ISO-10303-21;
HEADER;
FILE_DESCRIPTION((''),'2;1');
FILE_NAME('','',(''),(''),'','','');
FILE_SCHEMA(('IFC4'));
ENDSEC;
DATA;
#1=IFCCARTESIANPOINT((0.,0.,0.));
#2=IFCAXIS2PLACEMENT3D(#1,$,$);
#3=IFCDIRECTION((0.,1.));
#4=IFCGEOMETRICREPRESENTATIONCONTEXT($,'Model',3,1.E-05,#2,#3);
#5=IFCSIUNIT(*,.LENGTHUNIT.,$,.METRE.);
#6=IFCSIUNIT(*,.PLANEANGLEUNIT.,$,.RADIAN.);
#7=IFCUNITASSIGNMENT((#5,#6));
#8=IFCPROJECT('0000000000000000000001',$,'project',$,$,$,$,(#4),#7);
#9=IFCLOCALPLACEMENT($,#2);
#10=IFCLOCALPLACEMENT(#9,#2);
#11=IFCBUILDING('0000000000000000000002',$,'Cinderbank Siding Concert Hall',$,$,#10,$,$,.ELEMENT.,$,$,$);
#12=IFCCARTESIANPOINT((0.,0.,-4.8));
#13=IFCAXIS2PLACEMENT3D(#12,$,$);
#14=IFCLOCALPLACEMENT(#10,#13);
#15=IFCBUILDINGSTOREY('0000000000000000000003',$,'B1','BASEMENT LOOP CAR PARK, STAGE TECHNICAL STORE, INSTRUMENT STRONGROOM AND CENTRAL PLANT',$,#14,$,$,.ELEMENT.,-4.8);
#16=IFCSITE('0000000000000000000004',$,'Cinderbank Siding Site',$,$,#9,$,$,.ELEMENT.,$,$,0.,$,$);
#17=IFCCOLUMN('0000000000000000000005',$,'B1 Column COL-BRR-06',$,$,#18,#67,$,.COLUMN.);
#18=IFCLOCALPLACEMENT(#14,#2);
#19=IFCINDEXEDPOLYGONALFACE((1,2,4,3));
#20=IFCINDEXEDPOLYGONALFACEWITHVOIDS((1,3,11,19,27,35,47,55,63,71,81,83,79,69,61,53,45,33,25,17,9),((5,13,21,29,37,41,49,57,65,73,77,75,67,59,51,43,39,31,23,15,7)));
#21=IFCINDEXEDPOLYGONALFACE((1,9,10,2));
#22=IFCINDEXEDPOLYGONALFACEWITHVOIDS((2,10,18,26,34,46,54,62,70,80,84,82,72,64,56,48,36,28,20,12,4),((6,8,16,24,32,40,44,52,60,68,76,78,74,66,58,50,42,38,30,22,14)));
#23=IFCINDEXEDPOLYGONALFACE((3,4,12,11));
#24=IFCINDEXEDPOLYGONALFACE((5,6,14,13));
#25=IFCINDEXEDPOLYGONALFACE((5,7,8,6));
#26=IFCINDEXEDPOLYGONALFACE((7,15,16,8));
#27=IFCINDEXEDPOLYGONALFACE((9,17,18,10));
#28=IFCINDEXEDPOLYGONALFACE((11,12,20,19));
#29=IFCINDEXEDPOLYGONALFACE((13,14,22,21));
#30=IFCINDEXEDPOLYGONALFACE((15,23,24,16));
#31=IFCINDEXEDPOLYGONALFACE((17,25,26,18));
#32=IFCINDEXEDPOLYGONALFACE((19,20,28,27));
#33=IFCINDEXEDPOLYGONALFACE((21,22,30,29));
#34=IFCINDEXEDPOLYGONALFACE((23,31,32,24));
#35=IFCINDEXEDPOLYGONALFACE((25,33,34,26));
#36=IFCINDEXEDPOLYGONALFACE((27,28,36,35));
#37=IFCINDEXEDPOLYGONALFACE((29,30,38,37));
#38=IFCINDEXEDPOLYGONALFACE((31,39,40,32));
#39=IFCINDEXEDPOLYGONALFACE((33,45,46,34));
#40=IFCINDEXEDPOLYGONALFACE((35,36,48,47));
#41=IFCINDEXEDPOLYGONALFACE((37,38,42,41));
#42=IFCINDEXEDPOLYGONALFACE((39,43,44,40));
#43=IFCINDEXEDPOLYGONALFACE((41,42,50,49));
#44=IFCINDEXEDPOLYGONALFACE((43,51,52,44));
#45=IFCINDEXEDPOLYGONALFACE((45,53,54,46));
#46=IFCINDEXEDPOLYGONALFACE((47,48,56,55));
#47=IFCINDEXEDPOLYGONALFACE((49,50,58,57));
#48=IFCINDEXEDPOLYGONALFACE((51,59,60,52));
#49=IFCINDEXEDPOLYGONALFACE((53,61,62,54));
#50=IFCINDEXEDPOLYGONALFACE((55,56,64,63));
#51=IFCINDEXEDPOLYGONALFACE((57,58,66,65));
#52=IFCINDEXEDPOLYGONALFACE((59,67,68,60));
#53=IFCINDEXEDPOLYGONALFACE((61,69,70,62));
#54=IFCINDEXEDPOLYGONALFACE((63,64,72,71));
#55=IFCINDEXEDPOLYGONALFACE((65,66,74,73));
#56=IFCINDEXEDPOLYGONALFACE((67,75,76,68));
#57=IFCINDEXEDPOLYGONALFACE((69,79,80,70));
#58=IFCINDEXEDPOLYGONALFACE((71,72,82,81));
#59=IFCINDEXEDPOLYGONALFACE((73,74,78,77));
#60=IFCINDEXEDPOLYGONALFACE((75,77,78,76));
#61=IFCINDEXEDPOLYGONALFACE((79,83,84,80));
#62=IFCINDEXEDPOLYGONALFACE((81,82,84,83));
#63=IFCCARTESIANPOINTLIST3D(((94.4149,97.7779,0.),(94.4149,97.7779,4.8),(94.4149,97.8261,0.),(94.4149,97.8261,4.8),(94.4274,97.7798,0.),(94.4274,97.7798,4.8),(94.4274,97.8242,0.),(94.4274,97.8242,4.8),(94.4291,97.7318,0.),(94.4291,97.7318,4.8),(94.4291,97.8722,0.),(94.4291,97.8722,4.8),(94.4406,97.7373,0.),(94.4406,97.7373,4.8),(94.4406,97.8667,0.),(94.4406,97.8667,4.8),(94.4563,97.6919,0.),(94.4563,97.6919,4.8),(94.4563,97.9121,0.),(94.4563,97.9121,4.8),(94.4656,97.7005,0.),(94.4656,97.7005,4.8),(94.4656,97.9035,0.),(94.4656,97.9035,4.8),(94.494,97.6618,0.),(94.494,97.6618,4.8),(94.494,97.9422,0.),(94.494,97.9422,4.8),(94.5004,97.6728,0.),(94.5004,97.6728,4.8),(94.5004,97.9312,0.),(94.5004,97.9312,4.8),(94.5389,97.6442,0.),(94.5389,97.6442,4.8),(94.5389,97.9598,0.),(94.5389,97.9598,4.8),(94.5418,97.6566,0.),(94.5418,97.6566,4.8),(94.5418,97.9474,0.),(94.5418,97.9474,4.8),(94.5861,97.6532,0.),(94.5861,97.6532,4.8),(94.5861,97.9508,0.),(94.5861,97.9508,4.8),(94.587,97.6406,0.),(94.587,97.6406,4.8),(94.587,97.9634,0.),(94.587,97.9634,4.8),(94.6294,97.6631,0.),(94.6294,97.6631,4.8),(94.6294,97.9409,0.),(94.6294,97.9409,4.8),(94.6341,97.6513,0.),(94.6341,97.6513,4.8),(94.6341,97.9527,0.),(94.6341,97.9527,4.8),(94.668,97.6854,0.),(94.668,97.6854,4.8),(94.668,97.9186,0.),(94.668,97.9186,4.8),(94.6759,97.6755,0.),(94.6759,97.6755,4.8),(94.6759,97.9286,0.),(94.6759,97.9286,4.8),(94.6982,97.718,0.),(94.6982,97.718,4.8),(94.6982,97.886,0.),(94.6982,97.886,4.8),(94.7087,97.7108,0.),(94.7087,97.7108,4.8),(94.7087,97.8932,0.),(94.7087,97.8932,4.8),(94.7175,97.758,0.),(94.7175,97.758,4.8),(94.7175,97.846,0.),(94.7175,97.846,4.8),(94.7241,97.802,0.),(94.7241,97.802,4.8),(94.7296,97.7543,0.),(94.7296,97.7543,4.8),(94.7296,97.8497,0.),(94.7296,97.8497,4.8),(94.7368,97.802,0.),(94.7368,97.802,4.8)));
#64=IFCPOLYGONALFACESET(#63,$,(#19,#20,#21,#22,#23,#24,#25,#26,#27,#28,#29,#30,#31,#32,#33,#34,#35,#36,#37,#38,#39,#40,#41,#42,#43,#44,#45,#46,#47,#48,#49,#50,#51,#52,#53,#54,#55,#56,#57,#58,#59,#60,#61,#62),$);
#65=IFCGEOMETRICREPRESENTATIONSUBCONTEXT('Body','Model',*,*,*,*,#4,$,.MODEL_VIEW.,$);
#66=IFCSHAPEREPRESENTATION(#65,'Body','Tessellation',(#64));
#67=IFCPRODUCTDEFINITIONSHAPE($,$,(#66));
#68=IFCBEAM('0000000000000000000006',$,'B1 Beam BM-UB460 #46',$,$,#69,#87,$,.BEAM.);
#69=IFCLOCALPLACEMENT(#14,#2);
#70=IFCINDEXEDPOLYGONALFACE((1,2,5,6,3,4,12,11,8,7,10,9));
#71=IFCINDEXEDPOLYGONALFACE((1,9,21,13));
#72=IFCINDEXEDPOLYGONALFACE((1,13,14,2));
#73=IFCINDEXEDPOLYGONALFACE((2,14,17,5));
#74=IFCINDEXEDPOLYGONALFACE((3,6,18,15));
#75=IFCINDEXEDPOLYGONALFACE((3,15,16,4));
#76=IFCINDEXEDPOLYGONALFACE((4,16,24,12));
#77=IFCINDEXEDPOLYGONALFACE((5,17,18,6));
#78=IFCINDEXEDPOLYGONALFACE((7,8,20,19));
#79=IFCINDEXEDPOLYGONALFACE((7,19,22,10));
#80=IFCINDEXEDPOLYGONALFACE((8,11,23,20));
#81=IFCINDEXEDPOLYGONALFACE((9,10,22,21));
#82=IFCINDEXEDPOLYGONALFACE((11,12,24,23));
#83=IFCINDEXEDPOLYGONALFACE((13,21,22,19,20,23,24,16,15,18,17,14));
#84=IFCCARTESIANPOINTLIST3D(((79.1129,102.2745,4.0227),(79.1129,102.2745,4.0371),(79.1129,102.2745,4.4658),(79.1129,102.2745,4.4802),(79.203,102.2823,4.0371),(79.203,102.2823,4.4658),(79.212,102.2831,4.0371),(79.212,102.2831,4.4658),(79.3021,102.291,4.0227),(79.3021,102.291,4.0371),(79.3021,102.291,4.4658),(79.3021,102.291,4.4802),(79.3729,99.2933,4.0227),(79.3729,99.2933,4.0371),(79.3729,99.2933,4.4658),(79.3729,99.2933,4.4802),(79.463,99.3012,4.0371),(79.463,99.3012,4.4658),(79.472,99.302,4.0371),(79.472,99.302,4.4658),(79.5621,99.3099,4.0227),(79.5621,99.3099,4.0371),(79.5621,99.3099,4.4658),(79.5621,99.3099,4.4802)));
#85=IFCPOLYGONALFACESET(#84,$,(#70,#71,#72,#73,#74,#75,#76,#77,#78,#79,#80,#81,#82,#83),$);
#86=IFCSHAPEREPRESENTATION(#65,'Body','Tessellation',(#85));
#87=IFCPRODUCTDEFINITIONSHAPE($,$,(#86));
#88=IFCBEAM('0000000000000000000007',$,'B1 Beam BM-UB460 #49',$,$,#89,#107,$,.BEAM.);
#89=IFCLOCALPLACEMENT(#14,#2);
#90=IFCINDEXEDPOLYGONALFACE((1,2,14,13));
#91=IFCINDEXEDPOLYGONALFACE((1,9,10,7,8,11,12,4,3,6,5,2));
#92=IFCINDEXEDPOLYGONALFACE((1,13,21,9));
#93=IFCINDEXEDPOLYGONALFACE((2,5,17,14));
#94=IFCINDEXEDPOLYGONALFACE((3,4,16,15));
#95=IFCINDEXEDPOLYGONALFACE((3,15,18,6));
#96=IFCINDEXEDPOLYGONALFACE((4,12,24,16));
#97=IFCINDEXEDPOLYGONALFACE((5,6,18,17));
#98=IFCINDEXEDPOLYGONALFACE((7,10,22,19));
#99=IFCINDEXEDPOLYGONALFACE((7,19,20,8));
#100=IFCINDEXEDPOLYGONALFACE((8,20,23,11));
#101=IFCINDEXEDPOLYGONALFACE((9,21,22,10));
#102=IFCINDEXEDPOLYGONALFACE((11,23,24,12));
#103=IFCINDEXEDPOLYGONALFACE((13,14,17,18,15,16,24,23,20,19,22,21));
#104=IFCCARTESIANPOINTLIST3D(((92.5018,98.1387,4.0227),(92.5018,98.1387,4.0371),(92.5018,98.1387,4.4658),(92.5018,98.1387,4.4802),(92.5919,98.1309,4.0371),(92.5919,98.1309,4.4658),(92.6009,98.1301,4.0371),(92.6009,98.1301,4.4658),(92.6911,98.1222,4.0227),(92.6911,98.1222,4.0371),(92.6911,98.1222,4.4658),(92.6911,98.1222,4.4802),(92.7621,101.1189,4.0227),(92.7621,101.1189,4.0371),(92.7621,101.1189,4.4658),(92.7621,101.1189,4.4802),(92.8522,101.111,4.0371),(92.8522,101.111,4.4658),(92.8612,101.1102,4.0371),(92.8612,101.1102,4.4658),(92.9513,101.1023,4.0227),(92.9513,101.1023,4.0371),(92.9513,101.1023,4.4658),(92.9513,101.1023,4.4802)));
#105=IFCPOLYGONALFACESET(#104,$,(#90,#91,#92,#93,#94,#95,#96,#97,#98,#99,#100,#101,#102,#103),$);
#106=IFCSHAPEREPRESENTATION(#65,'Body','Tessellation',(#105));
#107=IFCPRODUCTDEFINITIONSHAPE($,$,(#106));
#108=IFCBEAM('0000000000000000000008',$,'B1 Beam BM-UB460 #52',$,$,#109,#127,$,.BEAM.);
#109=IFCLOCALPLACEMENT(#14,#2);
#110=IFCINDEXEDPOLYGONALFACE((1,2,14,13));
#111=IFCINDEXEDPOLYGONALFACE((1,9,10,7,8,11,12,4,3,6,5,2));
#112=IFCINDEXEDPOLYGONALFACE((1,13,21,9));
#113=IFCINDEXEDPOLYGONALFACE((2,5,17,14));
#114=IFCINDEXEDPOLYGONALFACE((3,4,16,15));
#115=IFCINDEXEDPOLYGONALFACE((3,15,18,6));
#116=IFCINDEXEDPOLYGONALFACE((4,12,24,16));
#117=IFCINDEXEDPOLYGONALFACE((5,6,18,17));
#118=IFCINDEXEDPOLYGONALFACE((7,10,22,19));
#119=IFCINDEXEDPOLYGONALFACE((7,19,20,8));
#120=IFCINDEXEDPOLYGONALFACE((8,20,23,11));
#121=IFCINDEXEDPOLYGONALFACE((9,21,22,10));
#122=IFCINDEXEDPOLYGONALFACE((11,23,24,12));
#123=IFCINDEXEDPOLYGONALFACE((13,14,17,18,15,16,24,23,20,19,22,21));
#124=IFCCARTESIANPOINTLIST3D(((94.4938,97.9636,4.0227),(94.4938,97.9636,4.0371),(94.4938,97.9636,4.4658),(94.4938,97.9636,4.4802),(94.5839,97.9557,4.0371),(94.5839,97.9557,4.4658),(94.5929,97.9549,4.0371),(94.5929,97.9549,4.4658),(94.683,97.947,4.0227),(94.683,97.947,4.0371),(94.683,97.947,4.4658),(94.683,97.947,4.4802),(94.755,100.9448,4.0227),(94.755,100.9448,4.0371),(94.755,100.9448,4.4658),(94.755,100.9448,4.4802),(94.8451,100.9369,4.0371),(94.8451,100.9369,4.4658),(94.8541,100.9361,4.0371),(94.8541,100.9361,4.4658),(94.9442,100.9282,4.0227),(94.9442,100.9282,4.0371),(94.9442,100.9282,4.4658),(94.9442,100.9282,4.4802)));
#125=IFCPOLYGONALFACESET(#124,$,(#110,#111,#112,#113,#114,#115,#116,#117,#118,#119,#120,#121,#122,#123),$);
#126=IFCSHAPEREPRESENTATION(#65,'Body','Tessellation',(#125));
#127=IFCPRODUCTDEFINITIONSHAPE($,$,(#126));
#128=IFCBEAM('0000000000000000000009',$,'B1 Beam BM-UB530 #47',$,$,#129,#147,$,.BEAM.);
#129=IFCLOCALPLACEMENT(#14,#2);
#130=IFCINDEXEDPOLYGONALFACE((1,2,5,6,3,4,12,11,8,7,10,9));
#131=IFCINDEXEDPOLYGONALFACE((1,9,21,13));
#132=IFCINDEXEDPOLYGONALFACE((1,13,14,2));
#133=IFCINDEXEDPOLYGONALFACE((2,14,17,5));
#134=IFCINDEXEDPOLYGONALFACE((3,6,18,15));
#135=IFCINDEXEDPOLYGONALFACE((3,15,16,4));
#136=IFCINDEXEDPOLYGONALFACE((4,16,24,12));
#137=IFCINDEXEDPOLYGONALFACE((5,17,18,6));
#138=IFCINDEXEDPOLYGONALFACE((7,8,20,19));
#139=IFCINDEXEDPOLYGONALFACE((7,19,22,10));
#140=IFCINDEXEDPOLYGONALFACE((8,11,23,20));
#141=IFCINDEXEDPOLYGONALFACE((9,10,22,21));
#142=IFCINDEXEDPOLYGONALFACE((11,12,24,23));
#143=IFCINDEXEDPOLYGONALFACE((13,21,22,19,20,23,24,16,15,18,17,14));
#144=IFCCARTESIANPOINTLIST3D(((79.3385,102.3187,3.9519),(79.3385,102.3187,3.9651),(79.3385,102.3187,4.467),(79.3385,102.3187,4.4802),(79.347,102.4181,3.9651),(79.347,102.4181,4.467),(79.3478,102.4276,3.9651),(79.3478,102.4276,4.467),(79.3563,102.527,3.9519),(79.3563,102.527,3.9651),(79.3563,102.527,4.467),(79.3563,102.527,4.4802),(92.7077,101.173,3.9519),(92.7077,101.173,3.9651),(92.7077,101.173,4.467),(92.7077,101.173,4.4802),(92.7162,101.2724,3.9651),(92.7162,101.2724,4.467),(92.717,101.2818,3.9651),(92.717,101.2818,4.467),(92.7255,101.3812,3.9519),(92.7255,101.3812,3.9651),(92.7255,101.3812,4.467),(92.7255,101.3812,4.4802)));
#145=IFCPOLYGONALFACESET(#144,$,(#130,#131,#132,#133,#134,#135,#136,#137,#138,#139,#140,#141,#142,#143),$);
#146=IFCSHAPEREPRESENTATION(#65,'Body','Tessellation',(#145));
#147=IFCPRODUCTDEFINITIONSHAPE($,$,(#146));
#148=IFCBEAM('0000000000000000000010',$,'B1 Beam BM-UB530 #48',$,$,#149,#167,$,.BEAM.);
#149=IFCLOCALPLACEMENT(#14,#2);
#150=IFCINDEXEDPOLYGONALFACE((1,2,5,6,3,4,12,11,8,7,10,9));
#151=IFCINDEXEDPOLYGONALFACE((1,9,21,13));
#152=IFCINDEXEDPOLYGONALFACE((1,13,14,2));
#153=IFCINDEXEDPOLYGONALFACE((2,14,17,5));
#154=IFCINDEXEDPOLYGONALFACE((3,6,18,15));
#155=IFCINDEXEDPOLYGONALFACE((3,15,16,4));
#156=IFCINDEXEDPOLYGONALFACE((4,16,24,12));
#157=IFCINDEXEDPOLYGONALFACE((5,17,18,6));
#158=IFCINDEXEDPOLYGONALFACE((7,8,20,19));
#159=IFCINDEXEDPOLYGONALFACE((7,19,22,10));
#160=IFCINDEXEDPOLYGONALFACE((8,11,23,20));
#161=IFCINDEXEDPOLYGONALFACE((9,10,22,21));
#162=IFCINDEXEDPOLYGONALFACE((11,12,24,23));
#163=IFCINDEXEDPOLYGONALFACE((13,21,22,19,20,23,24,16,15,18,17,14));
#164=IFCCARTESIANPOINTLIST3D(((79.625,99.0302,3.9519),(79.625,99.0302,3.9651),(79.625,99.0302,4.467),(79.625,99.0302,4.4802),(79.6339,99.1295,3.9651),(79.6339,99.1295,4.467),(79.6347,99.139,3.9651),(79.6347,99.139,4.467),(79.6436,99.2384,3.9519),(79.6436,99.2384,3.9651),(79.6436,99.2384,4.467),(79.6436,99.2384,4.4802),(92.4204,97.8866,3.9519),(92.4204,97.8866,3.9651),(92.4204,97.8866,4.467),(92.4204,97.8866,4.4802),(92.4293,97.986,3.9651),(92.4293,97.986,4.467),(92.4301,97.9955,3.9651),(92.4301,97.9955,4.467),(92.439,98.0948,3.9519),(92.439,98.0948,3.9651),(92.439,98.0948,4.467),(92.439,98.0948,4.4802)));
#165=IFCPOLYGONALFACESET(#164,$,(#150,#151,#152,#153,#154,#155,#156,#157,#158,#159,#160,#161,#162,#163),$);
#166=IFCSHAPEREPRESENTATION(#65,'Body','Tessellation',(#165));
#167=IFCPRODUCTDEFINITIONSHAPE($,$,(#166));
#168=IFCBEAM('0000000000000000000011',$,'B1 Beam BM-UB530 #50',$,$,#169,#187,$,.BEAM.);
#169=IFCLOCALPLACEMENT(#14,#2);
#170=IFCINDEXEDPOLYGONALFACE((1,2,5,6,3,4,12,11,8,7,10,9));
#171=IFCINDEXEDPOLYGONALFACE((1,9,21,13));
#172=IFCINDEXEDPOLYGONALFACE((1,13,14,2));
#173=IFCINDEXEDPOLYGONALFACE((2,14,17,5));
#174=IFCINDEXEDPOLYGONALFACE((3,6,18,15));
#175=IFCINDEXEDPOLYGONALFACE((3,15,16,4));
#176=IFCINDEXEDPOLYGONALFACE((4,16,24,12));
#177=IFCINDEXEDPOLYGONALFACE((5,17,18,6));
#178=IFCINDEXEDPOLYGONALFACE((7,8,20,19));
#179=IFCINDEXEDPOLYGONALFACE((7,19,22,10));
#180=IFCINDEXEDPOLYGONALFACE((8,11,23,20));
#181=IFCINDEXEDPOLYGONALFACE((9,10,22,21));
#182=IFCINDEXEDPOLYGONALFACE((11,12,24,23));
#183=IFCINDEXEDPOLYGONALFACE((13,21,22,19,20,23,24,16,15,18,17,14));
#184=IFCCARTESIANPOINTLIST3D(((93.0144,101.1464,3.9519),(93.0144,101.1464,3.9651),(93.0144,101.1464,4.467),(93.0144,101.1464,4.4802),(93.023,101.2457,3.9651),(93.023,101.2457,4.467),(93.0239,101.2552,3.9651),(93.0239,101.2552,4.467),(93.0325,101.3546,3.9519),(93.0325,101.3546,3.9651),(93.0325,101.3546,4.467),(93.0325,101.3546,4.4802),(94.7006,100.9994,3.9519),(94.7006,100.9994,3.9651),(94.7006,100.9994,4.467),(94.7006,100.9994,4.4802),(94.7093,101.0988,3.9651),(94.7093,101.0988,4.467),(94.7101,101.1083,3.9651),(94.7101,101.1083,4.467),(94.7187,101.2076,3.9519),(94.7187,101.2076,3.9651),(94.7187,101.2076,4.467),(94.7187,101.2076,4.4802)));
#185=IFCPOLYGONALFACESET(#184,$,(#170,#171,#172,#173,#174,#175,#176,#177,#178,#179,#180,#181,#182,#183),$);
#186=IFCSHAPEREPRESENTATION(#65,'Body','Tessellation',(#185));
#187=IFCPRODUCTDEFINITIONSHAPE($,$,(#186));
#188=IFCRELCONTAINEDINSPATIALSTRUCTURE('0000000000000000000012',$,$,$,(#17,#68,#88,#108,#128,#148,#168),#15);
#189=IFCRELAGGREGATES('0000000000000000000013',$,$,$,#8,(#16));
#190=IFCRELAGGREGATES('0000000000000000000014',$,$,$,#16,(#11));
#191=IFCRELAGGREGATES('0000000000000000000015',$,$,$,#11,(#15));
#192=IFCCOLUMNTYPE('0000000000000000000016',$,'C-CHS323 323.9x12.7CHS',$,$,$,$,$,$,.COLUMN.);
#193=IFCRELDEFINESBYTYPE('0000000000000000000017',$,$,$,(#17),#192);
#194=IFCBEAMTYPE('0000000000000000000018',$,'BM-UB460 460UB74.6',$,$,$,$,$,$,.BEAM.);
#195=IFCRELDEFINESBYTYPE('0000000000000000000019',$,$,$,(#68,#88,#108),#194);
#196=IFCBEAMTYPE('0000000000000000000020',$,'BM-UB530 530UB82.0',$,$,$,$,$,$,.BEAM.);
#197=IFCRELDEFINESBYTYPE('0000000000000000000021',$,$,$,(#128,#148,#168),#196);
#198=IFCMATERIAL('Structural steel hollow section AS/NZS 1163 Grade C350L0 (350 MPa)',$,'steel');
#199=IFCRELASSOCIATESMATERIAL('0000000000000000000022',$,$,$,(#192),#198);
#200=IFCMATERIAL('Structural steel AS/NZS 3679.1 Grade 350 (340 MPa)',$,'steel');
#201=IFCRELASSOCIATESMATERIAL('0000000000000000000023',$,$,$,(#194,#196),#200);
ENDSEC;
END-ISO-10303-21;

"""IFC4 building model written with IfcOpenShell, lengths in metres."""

from ifc_helpers import new_model, si_unit, direction, frame, origin, origin_2d, place, context, subcontext, project, spatial, hollow_circle, i_section, extrude, material, material_profile, profile_set, type_object, element, save


model = new_model("IFC4")

# Units and contexts
model_context = context("Model", 3, precision=1e-05, world=origin(), true_north=direction((0.0, 1.0)))
body_context = subcontext(model_context, "Body", "Model", "MODEL_VIEW")
ifc_project = project(units=[si_unit("LENGTHUNIT", "METRE"), si_unit("PLANEANGLEUNIT", "RADIAN")], contexts=[model_context])

# Site, building, storey
site_placement = place(None, origin())
site = spatial("IfcSite", under=ifc_project, at=site_placement, Name="Cinderbank Siding Site", CompositionType="ELEMENT", RefElevation=0.0)
building_placement = place(site_placement, origin())
building = spatial("IfcBuilding", under=site, at=building_placement, Name="Cinderbank Siding Concert Hall", CompositionType="ELEMENT")
storey_placement = place(building_placement, frame((0.0, 0.0, -4.8)))
storey = spatial("IfcBuildingStorey", under=building, at=storey_placement, Name="B1", Description="BASEMENT LOOP CAR PARK, STAGE TECHNICAL STORE, INSTRUMENT STRONGROOM AND CENTRAL PLANT", CompositionType="ELEMENT", Elevation=-4.8)

# Column
ifc_material_1 = material(Name="Structural steel hollow section AS/NZS 1163 Grade C350L0 (350 MPa)", Category="steel")
ifc_material_profile_1 = material_profile(ifc_material_1, hollow_circle(Radius=0.1619, WallThickness=0.0127, at=origin_2d()), Name="323.9x12.7CHS", Category="LoadBearing")
ifc_profile_set_1 = profile_set([ifc_material_profile_1], Name="Structural steel hollow section AS/NZS 1163 Grade C350L0 (350 MPa)")
column_type = type_object("IfcColumnType", Name="C-CHS323 323.9x12.7CHS", PredefinedType="COLUMN", material=ifc_profile_set_1)
for number, where, z_axis, x_axis, name in (
    (1, (94.575, 97.802, 0.0), (0.0, 0.0, 1.0), (1.0, 0.0, 0.0), "B1 Column COL-BRR-06"),
):
    element("IfcColumn", number, at=place(storey_placement, frame(where, z_axis=z_axis, x_axis=x_axis)), inside=storey, type_object=column_type, Name=name, PredefinedType="COLUMN", context=body_context, shape_type="SweptSolid", body=[
        extrude(hollow_circle(Radius=0.1619, WallThickness=0.0127, at=origin_2d()), origin(), (0.0, 0.0, 1.0), 4.8),
    ])

# Beams
ifc_material_2 = material(Name="Structural steel AS/NZS 3679.1 Grade 350 (340 MPa)", Category="steel")
ifc_material_profile_2 = material_profile(ifc_material_2, i_section(OverallWidth=0.1899, OverallDepth=0.4575, WebThickness=0.009, FlangeThickness=0.0144, at=origin_2d()), Name="460UB74.6", Category="LoadBearing")
ifc_profile_set_2 = profile_set([ifc_material_profile_2], Name="Structural steel AS/NZS 3679.1 Grade 350 (340 MPa)")
beam_type_1 = type_object("IfcBeamType", Name="BM-UB460 460UB74.6", PredefinedType="BEAM", material=ifc_profile_set_2)
beam_1_placement = place(storey_placement, frame((79.2075, 102.2827, 4.2515), z_axis=(0.086887, -0.996218, 0.0), x_axis=(0.996218, 0.086887, 0.0)))
element("IfcBeam", 2, at=beam_1_placement, inside=storey, type_object=beam_type_1, Name="B1 Beam BM-UB460 #46", PredefinedType="BEAM", context=body_context, shape_type="SweptSolid", body=[
    extrude(i_section(OverallWidth=0.1899, OverallDepth=0.4575, WebThickness=0.009, FlangeThickness=0.0144, at=origin_2d()), origin(), (0.0, 0.0, 1.0), 2.9924),
])
beam_2_placement = place(storey_placement, frame((92.8567, 101.1106, 4.2515), z_axis=(-0.086996, -0.996209, 0.0), x_axis=(0.996209, -0.086996, 0.0)))
element("IfcBeam", 3, at=beam_2_placement, inside=storey, type_object=beam_type_1, Name="B1 Beam BM-UB460 #49", PredefinedType="BEAM", context=body_context, shape_type="SweptSolid", body=[
    extrude(i_section(OverallWidth=0.1899, OverallDepth=0.4575, WebThickness=0.009, FlangeThickness=0.0144, at=origin_2d()), origin(), (0.0, 0.0, 1.0), 2.9915),
])
beam_3_placement = place(storey_placement, frame((94.8496, 100.9365, 4.2515), z_axis=(-0.087291, -0.996183, 0.0), x_axis=(0.996183, -0.087291, 0.0)))
element("IfcBeam", 4, at=beam_3_placement, inside=storey, type_object=beam_type_1, Name="B1 Beam BM-UB460 #52", PredefinedType="BEAM", context=body_context, shape_type="SweptSolid", body=[
    extrude(i_section(OverallWidth=0.1899, OverallDepth=0.4575, WebThickness=0.009, FlangeThickness=0.0144, at=origin_2d()), origin(), (0.0, 0.0, 1.0), 2.9927),
])
ifc_material_profile_3 = material_profile(ifc_material_2, i_section(OverallWidth=0.209, OverallDepth=0.5283, WebThickness=0.0095, FlangeThickness=0.0132, at=origin_2d()), Name="530UB82.0", Category="LoadBearing")
ifc_profile_set_3 = profile_set([ifc_material_profile_3], Name="Structural steel AS/NZS 3679.1 Grade 350 (340 MPa)")
beam_type_2 = type_object("IfcBeamType", Name="BM-UB530 530UB82.0", PredefinedType="BEAM", material=ifc_profile_set_3)
beam_4_placement = place(storey_placement, frame((79.3474, 102.4229, 4.2161), z_axis=(0.996348, -0.085388, 0.0), x_axis=(0.085388, 0.996348, 0.0)))
element("IfcBeam", 5, at=beam_4_placement, inside=storey, type_object=beam_type_2, Name="B1 Beam BM-UB530 #47", PredefinedType="BEAM", context=body_context, shape_type="SweptSolid", body=[
    extrude(i_section(OverallWidth=0.209, OverallDepth=0.5283, WebThickness=0.0095, FlangeThickness=0.0132, at=origin_2d()), origin(), (0.0, 0.0, 1.0), 13.4182),
])
beam_5_placement = place(storey_placement, frame((79.6343, 99.1343, 4.2161), z_axis=(0.99603, -0.089017, 0.0), x_axis=(0.089017, 0.99603, 0.0)))
element("IfcBeam", 6, at=beam_5_placement, inside=storey, type_object=beam_type_2, Name="B1 Beam BM-UB530 #48", PredefinedType="BEAM", context=body_context, shape_type="SweptSolid", body=[
    extrude(i_section(OverallWidth=0.209, OverallDepth=0.5283, WebThickness=0.0095, FlangeThickness=0.0132, at=origin_2d()), origin(), (0.0, 0.0, 1.0), 12.8464),
])
beam_6_placement = place(storey_placement, frame((93.0234, 101.2505, 4.2161), z_axis=(0.996223, -0.086829, 0.0), x_axis=(0.086829, 0.996223, 0.0)))
element("IfcBeam", 7, at=beam_6_placement, inside=storey, type_object=beam_type_2, Name="B1 Beam BM-UB530 #50", PredefinedType="BEAM", context=body_context, shape_type="SweptSolid", body=[
    extrude(i_section(OverallWidth=0.209, OverallDepth=0.5283, WebThickness=0.0095, FlangeThickness=0.0132, at=origin_2d()), origin(), (0.0, 0.0, 1.0), 1.6926),
])

save(model, "model.ifc")
